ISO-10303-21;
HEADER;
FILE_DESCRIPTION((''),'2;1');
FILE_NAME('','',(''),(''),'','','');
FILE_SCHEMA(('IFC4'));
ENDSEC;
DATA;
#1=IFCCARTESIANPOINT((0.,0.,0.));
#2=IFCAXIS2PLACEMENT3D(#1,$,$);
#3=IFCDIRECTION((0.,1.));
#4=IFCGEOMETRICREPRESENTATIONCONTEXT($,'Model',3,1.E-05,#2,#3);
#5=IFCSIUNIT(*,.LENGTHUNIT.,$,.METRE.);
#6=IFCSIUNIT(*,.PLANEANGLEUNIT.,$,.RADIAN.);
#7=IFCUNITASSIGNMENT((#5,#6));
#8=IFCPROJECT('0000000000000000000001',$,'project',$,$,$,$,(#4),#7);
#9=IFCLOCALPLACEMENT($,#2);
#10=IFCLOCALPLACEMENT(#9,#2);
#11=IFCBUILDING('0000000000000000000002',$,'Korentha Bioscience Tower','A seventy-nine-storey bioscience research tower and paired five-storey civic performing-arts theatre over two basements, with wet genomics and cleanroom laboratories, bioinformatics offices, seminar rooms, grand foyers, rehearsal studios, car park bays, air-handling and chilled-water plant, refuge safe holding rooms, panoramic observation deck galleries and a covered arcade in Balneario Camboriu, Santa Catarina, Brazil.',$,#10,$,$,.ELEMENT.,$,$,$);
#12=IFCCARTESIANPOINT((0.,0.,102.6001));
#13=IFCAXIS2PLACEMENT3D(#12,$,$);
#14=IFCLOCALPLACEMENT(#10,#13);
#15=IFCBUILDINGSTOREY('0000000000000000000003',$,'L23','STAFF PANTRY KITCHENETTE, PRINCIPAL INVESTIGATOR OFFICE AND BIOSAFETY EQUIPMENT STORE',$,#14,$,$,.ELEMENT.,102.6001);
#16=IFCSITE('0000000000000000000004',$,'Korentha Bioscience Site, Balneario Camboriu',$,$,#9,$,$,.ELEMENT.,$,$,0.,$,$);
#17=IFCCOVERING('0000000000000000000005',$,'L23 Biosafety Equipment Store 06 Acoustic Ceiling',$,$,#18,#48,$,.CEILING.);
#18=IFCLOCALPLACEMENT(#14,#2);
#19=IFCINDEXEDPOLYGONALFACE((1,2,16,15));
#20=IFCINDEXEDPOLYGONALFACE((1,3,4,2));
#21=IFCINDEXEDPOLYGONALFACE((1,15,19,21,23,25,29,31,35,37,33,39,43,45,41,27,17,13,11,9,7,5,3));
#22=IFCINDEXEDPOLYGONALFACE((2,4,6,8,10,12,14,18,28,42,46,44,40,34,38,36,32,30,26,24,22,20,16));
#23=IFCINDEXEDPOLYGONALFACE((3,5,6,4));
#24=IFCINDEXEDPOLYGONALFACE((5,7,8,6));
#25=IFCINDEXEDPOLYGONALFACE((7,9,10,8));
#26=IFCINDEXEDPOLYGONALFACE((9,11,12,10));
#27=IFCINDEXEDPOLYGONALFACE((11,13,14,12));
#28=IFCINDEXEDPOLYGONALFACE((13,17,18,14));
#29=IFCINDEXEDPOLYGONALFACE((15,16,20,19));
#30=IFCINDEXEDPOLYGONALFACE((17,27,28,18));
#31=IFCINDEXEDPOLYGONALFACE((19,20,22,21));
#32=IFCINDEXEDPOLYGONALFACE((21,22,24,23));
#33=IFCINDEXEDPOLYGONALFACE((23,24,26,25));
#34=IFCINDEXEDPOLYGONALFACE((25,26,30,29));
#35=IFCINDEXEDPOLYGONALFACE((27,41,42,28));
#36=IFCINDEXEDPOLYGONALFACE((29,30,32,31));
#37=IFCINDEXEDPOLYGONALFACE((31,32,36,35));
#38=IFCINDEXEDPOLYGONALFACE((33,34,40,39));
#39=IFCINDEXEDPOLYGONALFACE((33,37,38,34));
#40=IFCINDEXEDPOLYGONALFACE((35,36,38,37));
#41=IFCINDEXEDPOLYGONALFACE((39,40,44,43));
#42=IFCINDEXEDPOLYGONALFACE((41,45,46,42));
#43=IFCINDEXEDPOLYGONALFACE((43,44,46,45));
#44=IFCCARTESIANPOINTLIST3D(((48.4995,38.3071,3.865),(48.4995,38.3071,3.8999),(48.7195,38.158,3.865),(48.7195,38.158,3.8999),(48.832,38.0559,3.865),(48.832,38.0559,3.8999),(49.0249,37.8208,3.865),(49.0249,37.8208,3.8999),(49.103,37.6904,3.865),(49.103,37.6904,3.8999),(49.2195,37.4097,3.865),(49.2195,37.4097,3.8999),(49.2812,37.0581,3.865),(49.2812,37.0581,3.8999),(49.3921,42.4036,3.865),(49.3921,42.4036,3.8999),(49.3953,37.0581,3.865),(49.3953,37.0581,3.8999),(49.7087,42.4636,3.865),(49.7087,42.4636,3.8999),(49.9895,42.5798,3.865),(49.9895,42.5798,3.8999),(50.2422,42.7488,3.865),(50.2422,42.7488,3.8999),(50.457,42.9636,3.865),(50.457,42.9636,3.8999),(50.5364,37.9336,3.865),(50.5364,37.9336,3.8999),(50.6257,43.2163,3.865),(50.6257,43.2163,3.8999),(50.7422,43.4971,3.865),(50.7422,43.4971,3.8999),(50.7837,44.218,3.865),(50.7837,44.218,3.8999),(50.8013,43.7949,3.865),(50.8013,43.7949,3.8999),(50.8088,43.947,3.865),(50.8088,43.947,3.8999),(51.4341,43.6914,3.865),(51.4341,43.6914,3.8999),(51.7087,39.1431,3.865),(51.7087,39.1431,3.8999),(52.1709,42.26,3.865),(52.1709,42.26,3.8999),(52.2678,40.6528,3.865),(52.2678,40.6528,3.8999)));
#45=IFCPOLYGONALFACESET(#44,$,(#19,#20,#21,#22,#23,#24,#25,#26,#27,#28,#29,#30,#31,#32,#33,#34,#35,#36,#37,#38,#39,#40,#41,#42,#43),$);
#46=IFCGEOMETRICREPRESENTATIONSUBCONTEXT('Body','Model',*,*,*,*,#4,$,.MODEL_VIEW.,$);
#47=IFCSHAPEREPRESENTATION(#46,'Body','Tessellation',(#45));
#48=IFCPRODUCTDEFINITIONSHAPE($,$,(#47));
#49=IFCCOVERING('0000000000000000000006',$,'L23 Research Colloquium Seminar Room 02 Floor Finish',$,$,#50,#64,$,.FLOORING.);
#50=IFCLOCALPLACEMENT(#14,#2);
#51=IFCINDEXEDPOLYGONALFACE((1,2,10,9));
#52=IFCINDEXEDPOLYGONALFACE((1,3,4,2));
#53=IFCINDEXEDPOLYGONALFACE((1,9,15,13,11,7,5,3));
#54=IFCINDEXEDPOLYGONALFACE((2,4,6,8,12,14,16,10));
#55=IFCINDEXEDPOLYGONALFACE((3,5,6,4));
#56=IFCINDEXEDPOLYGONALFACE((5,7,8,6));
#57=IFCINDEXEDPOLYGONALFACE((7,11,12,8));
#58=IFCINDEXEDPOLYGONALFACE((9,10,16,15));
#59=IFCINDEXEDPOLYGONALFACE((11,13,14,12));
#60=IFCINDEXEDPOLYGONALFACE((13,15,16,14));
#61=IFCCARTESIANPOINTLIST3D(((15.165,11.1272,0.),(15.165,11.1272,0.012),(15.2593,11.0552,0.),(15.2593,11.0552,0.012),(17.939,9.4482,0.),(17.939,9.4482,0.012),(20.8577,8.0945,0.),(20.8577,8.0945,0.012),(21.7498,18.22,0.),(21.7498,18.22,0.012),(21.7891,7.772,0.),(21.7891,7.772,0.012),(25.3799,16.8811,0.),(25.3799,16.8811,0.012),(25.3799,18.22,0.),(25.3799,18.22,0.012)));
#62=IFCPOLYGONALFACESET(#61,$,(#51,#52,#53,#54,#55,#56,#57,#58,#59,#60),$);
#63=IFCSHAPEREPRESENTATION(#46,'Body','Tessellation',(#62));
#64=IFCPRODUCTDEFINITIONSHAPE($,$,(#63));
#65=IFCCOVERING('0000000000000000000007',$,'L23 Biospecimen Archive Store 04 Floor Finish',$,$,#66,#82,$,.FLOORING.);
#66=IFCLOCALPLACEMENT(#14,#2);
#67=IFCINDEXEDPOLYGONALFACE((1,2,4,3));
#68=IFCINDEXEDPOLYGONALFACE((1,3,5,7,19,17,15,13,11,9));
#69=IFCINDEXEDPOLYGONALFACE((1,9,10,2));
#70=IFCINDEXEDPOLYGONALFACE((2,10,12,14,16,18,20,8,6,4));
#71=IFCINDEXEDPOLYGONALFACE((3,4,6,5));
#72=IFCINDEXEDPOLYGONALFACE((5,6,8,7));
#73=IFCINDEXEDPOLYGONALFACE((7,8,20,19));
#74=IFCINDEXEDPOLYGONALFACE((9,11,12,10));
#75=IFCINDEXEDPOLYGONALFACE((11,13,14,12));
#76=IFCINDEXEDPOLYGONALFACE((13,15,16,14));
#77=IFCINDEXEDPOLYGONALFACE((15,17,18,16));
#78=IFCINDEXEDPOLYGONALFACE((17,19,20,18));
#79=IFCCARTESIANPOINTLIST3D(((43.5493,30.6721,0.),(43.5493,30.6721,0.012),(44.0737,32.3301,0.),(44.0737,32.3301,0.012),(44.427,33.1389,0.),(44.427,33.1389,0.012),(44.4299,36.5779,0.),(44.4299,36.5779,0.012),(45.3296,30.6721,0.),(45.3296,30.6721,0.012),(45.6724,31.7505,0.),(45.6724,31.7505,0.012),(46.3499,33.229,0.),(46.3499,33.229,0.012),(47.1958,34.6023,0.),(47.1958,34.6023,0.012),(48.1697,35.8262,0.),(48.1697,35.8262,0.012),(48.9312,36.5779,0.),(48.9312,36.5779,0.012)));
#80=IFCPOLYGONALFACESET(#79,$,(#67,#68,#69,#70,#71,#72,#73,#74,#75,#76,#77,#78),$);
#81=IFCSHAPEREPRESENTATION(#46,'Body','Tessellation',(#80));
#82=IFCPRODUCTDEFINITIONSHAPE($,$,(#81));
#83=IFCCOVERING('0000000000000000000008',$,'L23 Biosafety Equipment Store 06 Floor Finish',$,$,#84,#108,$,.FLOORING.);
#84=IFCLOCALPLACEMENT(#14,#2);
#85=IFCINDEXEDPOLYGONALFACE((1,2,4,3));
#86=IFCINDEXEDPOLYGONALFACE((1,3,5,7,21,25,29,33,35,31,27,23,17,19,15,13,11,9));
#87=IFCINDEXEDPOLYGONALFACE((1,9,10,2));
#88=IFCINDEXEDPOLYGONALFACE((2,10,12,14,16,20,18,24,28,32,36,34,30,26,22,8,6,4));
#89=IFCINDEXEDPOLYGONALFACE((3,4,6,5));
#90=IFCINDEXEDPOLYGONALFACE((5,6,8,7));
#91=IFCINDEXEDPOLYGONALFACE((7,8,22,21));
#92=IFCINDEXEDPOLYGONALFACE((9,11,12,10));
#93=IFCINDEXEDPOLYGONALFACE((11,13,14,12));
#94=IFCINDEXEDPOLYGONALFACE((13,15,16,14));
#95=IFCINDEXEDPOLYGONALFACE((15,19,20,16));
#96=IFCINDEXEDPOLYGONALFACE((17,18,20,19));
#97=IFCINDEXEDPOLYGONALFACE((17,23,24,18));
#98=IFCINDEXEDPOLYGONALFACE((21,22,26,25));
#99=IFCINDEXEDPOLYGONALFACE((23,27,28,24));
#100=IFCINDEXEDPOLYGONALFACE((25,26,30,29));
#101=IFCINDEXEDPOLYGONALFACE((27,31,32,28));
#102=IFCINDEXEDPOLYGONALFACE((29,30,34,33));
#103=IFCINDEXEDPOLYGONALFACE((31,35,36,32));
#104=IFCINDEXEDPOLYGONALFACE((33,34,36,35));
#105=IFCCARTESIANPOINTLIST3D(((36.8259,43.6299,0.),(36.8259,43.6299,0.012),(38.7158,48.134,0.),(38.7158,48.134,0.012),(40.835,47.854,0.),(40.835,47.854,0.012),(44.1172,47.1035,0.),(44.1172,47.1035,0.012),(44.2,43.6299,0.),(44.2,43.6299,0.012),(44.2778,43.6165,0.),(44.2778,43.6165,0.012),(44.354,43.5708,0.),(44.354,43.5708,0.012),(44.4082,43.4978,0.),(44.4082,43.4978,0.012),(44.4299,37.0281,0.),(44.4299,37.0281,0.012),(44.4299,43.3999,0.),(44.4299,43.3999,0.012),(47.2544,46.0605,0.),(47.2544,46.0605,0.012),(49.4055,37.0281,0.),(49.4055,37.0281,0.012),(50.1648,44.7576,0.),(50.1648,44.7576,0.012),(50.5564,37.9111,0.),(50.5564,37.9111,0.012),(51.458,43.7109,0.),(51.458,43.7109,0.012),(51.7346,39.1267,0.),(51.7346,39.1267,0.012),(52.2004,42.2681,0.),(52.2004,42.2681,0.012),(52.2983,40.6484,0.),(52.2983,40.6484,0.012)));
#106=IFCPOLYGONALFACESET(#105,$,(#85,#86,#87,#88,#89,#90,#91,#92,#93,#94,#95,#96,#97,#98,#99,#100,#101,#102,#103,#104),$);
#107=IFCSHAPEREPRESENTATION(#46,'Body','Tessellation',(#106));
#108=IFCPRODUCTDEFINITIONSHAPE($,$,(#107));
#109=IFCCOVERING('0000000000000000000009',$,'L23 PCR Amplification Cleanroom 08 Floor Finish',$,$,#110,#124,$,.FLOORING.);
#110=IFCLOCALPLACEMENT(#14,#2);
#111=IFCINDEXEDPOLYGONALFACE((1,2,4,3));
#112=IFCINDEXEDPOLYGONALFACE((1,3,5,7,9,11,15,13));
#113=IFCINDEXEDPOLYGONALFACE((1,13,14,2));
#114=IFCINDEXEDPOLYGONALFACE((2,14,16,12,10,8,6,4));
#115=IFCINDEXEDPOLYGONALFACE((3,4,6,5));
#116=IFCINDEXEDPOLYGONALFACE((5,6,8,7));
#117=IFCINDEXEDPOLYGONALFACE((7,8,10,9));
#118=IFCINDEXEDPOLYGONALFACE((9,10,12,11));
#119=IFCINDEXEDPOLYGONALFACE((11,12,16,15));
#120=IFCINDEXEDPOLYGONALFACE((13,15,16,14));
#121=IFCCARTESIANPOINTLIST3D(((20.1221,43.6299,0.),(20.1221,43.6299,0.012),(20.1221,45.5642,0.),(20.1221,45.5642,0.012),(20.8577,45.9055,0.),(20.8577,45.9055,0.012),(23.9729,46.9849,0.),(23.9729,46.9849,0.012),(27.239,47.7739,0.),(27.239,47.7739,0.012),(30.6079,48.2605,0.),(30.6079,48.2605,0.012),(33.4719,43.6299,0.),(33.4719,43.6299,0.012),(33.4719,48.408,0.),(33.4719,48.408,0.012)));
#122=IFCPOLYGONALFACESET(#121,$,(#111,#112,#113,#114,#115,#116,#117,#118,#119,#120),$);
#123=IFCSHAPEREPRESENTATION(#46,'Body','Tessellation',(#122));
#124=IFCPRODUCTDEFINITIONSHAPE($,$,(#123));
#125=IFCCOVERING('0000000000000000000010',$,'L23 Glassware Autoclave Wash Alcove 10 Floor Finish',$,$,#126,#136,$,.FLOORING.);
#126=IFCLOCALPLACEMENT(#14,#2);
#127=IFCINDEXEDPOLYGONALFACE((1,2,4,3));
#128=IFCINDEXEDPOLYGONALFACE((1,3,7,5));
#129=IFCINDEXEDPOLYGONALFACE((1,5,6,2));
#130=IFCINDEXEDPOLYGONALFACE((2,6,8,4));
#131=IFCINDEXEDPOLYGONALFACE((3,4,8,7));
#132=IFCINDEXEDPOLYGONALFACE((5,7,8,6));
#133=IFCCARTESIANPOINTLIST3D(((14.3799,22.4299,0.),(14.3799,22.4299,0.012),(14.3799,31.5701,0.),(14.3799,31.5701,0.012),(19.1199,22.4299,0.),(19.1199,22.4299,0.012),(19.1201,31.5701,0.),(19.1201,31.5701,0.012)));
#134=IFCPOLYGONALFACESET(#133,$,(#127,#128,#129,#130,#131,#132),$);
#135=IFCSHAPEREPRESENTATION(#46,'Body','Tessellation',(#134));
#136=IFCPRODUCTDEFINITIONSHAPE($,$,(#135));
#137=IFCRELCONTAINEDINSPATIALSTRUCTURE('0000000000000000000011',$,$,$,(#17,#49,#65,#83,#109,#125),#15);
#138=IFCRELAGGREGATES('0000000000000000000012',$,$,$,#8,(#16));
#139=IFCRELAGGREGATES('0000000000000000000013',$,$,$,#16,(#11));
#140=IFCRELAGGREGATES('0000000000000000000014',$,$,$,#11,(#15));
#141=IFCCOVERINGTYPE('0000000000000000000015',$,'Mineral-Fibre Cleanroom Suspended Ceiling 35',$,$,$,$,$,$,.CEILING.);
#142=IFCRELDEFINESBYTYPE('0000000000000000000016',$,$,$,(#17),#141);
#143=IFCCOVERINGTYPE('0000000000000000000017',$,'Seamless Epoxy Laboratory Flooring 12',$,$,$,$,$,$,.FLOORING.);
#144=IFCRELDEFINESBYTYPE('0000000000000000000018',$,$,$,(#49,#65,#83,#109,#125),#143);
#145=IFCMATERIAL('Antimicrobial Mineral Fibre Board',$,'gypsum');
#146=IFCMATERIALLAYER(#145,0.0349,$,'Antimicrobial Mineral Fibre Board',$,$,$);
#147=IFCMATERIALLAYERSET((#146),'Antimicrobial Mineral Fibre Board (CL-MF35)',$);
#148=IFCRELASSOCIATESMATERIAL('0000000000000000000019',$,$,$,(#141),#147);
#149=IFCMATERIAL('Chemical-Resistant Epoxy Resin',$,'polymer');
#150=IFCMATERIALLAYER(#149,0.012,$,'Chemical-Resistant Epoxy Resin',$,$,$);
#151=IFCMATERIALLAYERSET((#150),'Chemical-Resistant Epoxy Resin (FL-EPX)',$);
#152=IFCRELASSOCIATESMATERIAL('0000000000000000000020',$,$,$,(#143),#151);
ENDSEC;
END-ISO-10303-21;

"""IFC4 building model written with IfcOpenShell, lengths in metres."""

from ifc_helpers import new_model, si_unit, direction, frame, origin, place, context, subcontext, project, spatial, polyline, outline, extrude, material, layer, layer_set, type_object, element, save


model = new_model("IFC4")

# Units and contexts
model_context = context("Model", 3, precision=1e-05, world=origin(), true_north=direction((0.0, 1.0)))
body_context = subcontext(model_context, "Body", "Model", "MODEL_VIEW")
ifc_project = project(units=[si_unit("LENGTHUNIT", "METRE"), si_unit("PLANEANGLEUNIT", "RADIAN")], contexts=[model_context])

# Site, building, storey
site_placement = place(None, origin())
site = spatial("IfcSite", under=ifc_project, at=site_placement, Name="Korentha Bioscience Site, Balneario Camboriu", CompositionType="ELEMENT", RefElevation=0.0)
building_placement = place(site_placement, origin())
building = spatial("IfcBuilding", under=site, at=building_placement, Name="Korentha Bioscience Tower", Description="A seventy-nine-storey bioscience research tower and paired five-storey civic performing-arts theatre over two basements, with wet genomics and cleanroom laboratories, bioinformatics offices, seminar rooms, grand foyers, rehearsal studios, car park bays, air-handling and chilled-water plant, refuge safe holding rooms, panoramic observation deck galleries and a covered arcade in Balneario Camboriu, Santa Catarina, Brazil.", CompositionType="ELEMENT")
storey_placement = place(building_placement, frame((0.0, 0.0, 102.6001)))
storey = spatial("IfcBuildingStorey", under=building, at=storey_placement, Name="L23", Description="STAFF PANTRY KITCHENETTE, PRINCIPAL INVESTIGATOR OFFICE AND BIOSAFETY EQUIPMENT STORE", CompositionType="ELEMENT", Elevation=102.6001)

# Coverings
ifc_material_1 = material(Name="Antimicrobial Mineral Fibre Board", Category="gypsum")
ifc_layer_1 = layer(ifc_material_1, 0.0349, Name="Antimicrobial Mineral Fibre Board")
ifc_layer_set_1 = layer_set([ifc_layer_1], Name="Antimicrobial Mineral Fibre Board (CL-MF35)")
covering_type_1 = type_object("IfcCoveringType", Name="Mineral-Fibre Cleanroom Suspended Ceiling 35", PredefinedType="CEILING", material=ifc_layer_set_1)
covering_1_placement = place(storey_placement, frame((0.0, 0.0, 3.865)))
element("IfcCovering", 1, at=covering_1_placement, inside=storey, type_object=covering_type_1, Name="L23 Biosafety Equipment Store 06 Acoustic Ceiling", PredefinedType="CEILING", context=body_context, shape_type="SweptSolid", body=[
    extrude(outline(polyline([(51.4341, 43.6914), (52.1709, 42.26), (52.2678, 40.6528), (51.7087, 39.1431), (50.5364, 37.9336), (49.3953, 37.0581), (49.2812, 37.0581), (49.2195, 37.4097), (49.103, 37.6904), (49.0249, 37.8208), (48.832, 38.0559), (48.7195, 38.158), (48.4995, 38.3071), (49.3921, 42.4036), (49.7087, 42.4636), (49.9895, 42.5798), (50.2422, 42.7488), (50.457, 42.9636), (50.6257, 43.2163), (50.7422, 43.4971), (50.8013, 43.7949), (50.8088, 43.947), (50.7837, 44.218), (51.4341, 43.6914)])), origin(), (0.0, 0.0, 1.0), 0.0349),
])
ifc_material_2 = material(Name="Chemical-Resistant Epoxy Resin", Category="polymer")
ifc_layer_2 = layer(ifc_material_2, 0.012, Name="Chemical-Resistant Epoxy Resin")
ifc_layer_set_2 = layer_set([ifc_layer_2], Name="Chemical-Resistant Epoxy Resin (FL-EPX)")
covering_type_2 = type_object("IfcCoveringType", Name="Seamless Epoxy Laboratory Flooring 12", PredefinedType="FLOORING", material=ifc_layer_set_2)
covering_2_placement = place(storey_placement, origin())
element("IfcCovering", 2, at=covering_2_placement, inside=storey, type_object=covering_type_2, Name="L23 Research Colloquium Seminar Room 02 Floor Finish", PredefinedType="FLOORING", context=body_context, shape_type="SweptSolid", body=[
    extrude(outline(polyline([(20.8577, 8.0945), (17.939, 9.4482), (15.2593, 11.0552), (15.165, 11.1272), (21.7498, 18.22), (25.3799, 18.22), (25.3799, 16.8811), (21.7891, 7.772), (20.8577, 8.0945)])), origin(), (0.0, 0.0, 1.0), 0.012),
])
covering_3_placement = place(storey_placement, origin())
element("IfcCovering", 3, at=covering_3_placement, inside=storey, type_object=covering_type_2, Name="L23 Biospecimen Archive Store 04 Floor Finish", PredefinedType="FLOORING", context=body_context, shape_type="SweptSolid", body=[
    extrude(outline(polyline([(43.5493, 30.6721), (44.0737, 32.3301), (44.427, 33.1389), (44.4299, 36.5779), (48.9312, 36.5779), (48.1697, 35.8262), (47.1958, 34.6023), (46.3499, 33.229), (45.6724, 31.7505), (45.3296, 30.6721), (43.5493, 30.6721)])), origin(), (0.0, 0.0, 1.0), 0.012),
])
covering_4_placement = place(storey_placement, origin())
element("IfcCovering", 4, at=covering_4_placement, inside=storey, type_object=covering_type_2, Name="L23 Biosafety Equipment Store 06 Floor Finish", PredefinedType="FLOORING", context=body_context, shape_type="SweptSolid", body=[
    extrude(outline(polyline([(40.835, 47.854), (44.1172, 47.1035), (47.2544, 46.0605), (50.1648, 44.7576), (51.458, 43.7109), (52.2004, 42.2681), (52.2983, 40.6484), (51.7346, 39.1267), (50.5564, 37.9111), (49.4055, 37.0281), (44.4299, 37.0281), (44.4299, 43.3999), (44.4082, 43.4978), (44.354, 43.5708), (44.2778, 43.6165), (44.2, 43.6299), (36.8259, 43.6299), (38.7158, 48.134), (40.835, 47.854)])), origin(), (0.0, 0.0, 1.0), 0.012),
])
covering_5_placement = place(storey_placement, origin())
element("IfcCovering", 5, at=covering_5_placement, inside=storey, type_object=covering_type_2, Name="L23 PCR Amplification Cleanroom 08 Floor Finish", PredefinedType="FLOORING", context=body_context, shape_type="SweptSolid", body=[
    extrude(outline(polyline([(20.8577, 45.9055), (23.9729, 46.9849), (27.239, 47.7739), (30.6079, 48.2605), (33.4719, 48.408), (33.4719, 43.6299), (20.1221, 43.6299), (20.1221, 45.5642), (20.8577, 45.9055)])), origin(), (0.0, 0.0, 1.0), 0.012),
])
covering_6_placement = place(storey_placement, origin())
element("IfcCovering", 6, at=covering_6_placement, inside=storey, type_object=covering_type_2, Name="L23 Glassware Autoclave Wash Alcove 10 Floor Finish", PredefinedType="FLOORING", context=body_context, shape_type="SweptSolid", body=[
    extrude(outline(polyline([(14.3799, 22.4299), (14.3799, 31.5701), (19.1201, 31.5701), (19.1199, 22.4299), (14.3799, 22.4299)])), origin(), (0.0, 0.0, 1.0), 0.012),
])

save(model, "model.ifc")
